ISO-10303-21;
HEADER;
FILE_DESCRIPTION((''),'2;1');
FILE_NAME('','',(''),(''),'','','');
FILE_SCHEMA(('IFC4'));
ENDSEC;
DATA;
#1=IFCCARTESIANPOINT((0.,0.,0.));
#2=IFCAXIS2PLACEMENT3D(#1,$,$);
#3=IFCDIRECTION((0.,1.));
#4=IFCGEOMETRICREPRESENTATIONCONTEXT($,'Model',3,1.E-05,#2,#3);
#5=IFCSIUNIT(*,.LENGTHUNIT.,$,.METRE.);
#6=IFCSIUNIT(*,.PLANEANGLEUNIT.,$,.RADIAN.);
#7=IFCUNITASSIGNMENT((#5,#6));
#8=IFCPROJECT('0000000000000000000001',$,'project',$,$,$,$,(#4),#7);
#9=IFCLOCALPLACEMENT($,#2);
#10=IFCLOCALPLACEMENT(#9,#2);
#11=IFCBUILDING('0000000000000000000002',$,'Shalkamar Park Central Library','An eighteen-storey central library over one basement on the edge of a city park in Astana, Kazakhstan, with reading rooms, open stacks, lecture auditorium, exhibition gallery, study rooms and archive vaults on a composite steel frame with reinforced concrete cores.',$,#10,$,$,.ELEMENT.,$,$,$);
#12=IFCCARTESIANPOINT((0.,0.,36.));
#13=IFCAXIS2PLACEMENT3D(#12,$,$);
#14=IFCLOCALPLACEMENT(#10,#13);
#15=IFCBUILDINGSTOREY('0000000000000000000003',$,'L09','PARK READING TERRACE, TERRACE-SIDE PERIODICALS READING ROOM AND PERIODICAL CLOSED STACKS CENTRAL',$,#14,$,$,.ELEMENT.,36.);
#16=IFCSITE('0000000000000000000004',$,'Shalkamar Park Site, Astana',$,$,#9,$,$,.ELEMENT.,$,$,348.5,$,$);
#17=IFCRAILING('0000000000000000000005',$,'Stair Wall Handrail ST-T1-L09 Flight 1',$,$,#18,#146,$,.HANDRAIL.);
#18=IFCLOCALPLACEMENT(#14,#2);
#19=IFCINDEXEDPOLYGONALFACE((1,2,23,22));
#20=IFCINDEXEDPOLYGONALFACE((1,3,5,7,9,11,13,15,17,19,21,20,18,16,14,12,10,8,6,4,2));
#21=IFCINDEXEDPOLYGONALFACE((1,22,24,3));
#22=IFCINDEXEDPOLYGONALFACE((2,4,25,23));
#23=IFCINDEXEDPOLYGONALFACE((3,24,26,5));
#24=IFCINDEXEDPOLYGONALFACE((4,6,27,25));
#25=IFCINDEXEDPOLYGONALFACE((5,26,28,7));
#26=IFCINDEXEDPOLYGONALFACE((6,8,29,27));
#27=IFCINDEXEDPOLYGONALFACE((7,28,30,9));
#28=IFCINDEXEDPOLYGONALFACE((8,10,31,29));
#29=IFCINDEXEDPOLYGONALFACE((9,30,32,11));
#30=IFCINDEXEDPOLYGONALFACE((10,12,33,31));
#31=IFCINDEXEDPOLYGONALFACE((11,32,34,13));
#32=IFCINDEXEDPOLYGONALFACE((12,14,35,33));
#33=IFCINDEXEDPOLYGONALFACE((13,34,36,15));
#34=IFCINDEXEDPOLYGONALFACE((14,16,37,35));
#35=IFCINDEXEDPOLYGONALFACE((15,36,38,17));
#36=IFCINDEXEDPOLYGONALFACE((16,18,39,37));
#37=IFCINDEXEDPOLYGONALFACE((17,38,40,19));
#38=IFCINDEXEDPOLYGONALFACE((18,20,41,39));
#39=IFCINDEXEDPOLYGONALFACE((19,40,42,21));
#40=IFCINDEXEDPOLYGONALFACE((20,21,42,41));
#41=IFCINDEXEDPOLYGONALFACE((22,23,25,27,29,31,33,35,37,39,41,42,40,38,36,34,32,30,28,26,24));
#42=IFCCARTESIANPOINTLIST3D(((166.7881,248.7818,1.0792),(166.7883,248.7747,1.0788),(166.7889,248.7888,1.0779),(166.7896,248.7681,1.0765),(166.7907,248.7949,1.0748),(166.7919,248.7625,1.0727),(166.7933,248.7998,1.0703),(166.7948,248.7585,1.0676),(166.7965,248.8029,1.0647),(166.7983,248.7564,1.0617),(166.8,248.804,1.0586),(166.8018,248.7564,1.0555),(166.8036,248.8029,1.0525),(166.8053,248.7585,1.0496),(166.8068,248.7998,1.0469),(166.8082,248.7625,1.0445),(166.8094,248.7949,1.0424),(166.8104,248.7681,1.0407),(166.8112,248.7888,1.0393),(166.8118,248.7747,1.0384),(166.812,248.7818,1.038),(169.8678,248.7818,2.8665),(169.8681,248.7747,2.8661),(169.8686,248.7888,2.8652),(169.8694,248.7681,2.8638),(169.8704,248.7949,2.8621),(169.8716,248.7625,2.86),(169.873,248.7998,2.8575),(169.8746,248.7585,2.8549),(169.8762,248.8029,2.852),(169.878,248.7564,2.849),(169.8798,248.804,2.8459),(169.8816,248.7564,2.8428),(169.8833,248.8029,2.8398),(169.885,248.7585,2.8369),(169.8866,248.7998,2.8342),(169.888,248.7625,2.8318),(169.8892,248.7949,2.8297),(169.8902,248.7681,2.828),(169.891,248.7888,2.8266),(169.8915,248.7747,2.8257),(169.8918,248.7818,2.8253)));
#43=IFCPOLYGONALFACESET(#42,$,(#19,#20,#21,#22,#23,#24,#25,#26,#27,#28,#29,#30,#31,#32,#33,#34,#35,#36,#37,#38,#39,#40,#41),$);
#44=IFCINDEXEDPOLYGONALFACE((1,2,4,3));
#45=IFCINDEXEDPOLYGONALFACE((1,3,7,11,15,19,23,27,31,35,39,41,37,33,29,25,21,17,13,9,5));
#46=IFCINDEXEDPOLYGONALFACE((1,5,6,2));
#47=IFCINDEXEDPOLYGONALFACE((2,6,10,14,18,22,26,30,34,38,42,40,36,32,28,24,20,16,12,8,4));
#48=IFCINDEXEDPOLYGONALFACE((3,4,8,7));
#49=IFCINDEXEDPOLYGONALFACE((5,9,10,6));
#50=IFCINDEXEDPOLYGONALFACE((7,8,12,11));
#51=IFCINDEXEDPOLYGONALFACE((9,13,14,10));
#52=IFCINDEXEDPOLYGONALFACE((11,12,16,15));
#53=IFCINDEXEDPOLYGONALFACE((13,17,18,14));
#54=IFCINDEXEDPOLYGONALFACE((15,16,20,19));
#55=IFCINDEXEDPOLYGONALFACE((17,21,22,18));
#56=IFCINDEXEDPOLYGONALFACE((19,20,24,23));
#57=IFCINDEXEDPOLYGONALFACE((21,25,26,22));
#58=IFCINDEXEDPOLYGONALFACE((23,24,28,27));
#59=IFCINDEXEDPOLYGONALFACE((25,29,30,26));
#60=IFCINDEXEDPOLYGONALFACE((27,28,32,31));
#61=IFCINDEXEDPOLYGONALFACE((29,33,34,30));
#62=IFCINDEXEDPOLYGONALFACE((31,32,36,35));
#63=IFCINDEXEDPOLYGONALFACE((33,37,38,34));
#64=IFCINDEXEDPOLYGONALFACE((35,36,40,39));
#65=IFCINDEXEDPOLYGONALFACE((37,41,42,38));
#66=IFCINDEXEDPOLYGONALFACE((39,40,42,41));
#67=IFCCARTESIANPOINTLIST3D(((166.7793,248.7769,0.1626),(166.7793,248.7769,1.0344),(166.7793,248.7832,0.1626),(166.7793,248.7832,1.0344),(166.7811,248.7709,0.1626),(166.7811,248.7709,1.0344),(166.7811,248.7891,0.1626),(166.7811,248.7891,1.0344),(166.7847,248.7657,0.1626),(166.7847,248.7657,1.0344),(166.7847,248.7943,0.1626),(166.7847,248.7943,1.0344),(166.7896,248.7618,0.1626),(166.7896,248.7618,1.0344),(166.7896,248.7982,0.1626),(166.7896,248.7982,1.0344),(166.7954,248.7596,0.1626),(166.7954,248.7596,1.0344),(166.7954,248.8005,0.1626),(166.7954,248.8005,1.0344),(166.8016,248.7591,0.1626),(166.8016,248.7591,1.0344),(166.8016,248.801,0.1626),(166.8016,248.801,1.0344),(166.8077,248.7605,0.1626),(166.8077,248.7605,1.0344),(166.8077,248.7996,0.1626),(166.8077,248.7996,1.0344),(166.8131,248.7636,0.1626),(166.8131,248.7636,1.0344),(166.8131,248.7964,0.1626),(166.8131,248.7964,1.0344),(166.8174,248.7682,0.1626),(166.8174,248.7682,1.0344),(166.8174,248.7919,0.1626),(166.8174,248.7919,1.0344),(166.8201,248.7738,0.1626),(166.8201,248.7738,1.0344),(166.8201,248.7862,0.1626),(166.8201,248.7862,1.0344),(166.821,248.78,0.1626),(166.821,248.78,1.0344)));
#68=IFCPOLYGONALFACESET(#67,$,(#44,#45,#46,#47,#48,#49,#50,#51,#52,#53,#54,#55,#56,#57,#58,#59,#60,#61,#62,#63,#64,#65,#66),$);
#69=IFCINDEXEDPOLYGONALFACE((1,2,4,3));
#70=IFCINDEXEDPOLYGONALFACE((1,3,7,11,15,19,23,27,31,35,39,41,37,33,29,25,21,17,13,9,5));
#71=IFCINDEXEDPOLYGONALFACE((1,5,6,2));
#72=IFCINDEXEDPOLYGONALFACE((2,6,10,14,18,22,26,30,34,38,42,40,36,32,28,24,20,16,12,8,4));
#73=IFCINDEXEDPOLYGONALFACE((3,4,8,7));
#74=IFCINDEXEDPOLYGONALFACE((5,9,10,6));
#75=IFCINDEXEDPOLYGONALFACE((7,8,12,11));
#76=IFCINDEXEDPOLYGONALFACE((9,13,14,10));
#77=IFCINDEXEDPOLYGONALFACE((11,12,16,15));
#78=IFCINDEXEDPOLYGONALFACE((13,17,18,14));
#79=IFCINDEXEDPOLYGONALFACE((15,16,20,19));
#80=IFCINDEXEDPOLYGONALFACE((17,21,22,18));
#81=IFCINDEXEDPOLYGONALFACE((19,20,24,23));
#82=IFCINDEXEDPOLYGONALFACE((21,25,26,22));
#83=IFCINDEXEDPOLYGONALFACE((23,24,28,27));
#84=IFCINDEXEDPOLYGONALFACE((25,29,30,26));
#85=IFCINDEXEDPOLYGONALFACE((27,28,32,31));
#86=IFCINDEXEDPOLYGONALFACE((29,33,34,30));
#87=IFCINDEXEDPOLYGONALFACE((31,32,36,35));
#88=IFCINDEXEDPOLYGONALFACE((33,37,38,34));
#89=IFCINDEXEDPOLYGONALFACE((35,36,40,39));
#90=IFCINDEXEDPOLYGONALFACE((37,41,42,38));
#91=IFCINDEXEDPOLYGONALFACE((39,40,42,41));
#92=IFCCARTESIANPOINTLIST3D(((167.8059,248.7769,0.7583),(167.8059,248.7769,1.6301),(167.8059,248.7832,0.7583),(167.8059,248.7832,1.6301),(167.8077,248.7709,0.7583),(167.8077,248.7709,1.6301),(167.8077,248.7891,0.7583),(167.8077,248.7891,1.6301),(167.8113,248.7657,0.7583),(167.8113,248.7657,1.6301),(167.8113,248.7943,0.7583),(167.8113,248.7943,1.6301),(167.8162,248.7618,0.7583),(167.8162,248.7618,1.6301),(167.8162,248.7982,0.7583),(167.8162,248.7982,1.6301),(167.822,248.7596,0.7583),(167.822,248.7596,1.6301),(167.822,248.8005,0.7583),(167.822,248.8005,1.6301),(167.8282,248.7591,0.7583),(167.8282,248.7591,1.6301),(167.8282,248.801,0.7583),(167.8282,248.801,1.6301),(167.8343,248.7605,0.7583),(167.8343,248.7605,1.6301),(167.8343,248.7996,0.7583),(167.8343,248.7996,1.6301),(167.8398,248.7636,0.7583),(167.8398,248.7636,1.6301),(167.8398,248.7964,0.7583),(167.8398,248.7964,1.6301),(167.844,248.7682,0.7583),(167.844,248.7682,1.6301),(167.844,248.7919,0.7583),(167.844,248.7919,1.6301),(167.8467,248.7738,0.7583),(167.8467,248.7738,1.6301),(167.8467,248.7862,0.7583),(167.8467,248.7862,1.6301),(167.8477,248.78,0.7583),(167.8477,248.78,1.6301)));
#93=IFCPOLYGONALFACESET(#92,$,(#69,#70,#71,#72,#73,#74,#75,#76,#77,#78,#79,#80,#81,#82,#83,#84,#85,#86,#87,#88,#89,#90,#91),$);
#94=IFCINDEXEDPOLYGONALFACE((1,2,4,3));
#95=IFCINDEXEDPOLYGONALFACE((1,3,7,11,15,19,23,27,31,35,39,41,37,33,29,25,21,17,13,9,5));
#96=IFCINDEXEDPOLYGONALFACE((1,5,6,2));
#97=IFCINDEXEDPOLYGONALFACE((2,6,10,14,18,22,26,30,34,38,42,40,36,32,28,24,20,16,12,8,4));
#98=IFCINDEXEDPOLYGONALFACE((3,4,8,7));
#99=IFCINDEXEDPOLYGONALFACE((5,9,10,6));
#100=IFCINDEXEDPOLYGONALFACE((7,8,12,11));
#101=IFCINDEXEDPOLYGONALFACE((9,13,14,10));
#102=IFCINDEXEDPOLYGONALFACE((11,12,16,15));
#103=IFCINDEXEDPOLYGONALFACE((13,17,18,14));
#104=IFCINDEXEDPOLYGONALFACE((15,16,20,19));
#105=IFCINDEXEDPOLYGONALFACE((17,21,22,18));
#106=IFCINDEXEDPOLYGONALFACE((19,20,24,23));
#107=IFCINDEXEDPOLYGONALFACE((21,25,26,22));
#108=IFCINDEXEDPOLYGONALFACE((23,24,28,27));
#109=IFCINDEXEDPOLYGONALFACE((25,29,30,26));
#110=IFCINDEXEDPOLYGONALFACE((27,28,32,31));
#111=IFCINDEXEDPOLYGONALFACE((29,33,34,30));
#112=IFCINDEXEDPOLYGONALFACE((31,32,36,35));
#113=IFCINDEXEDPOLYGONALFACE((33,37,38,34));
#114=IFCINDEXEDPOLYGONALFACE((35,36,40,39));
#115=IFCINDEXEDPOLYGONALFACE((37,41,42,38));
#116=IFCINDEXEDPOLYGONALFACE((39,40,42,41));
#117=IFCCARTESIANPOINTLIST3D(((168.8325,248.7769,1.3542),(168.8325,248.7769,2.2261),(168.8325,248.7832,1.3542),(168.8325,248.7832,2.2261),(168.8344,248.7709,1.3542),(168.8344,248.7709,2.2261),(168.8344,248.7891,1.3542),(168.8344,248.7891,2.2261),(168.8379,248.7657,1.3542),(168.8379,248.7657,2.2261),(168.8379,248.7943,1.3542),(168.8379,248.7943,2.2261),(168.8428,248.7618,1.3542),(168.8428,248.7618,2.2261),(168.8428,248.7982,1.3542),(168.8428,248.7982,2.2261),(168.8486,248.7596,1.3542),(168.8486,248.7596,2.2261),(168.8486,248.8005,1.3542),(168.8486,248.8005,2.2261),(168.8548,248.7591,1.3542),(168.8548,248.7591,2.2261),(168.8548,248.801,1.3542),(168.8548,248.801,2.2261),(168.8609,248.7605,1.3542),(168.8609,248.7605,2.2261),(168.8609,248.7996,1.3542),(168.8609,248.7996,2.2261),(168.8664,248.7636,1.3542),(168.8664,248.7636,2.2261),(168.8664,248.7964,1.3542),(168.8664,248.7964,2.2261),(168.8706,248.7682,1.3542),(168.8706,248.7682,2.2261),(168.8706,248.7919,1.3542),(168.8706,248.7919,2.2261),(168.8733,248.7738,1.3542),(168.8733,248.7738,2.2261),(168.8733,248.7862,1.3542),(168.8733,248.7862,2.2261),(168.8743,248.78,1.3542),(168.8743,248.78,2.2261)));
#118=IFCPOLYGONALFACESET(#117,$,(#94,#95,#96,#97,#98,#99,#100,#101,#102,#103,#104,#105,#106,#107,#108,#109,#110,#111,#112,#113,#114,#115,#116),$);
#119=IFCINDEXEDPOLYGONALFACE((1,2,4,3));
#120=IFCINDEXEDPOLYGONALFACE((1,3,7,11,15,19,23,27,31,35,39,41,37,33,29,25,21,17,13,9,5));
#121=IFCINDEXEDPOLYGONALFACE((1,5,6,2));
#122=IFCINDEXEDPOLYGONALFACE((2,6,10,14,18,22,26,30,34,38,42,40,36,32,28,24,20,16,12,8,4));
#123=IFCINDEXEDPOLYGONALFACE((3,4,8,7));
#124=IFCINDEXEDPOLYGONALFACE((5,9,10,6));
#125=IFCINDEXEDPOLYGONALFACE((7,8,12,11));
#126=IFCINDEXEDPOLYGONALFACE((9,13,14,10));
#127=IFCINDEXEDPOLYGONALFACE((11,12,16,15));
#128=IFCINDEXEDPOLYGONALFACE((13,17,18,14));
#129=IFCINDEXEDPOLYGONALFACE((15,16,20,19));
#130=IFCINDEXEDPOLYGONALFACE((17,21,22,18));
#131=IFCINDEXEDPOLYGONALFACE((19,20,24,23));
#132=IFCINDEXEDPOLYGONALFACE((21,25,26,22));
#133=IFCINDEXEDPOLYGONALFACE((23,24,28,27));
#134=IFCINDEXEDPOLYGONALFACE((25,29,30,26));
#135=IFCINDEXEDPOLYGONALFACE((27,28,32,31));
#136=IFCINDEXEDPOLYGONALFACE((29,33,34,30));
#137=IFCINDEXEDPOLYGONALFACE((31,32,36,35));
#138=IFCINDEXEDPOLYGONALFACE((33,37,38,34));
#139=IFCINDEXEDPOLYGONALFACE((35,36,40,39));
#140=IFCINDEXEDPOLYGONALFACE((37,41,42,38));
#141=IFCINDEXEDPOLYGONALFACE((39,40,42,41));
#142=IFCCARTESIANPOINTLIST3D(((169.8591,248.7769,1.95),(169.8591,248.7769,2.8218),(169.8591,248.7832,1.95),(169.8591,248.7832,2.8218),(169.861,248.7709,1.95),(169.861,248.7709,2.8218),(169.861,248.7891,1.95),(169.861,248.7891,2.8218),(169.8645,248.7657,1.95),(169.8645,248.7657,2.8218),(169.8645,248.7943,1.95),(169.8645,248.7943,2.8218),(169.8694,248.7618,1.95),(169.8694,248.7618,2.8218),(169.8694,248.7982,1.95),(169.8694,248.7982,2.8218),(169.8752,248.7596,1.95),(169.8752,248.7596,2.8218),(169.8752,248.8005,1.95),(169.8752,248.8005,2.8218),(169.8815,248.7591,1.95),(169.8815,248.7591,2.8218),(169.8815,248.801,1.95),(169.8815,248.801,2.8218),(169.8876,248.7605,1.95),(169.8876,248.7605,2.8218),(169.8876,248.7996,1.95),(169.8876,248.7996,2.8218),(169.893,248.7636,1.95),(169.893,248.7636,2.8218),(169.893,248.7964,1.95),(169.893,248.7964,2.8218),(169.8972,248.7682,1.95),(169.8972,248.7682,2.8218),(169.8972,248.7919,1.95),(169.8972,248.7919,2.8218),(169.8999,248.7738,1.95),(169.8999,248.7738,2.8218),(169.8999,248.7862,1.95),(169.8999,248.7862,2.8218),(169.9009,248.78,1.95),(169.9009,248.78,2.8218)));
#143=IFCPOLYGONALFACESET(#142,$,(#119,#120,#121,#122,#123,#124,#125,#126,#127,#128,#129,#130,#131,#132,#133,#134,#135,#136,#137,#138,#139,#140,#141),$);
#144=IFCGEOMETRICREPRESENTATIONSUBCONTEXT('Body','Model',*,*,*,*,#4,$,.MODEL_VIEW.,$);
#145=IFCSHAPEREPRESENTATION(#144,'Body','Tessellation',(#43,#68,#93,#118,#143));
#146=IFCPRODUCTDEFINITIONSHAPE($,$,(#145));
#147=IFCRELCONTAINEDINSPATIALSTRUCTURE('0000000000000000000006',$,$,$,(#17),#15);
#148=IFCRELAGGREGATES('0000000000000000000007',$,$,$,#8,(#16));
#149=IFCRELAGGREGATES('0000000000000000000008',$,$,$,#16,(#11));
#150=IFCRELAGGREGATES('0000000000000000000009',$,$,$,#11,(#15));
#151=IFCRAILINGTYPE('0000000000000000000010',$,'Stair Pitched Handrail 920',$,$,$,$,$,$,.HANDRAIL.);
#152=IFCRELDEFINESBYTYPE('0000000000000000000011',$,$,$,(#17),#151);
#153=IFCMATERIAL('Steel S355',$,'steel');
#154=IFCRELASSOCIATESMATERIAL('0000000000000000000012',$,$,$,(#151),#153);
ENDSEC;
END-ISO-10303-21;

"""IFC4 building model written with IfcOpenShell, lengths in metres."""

from ifc_helpers import new_model, si_unit, direction, frame, origin, origin_2d, place, context, subcontext, project, spatial, circle, extrude, material, type_object, element, save


model = new_model("IFC4")

# Units and contexts
model_context = context("Model", 3, precision=1e-05, world=origin(), true_north=direction((0.0, 1.0)))
body_context = subcontext(model_context, "Body", "Model", "MODEL_VIEW")
ifc_project = project(units=[si_unit("LENGTHUNIT", "METRE"), si_unit("PLANEANGLEUNIT", "RADIAN")], contexts=[model_context])

# Site, building, storey
site_placement = place(None, origin())
site = spatial("IfcSite", under=ifc_project, at=site_placement, Name="Shalkamar Park Site, Astana", CompositionType="ELEMENT", RefElevation=348.5)
building_placement = place(site_placement, origin())
building = spatial("IfcBuilding", under=site, at=building_placement, Name="Shalkamar Park Central Library", Description="An eighteen-storey central library over one basement on the edge of a city park in Astana, Kazakhstan, with reading rooms, open stacks, lecture auditorium, exhibition gallery, study rooms and archive vaults on a composite steel frame with reinforced concrete cores.", CompositionType="ELEMENT")
storey_placement = place(building_placement, frame((0.0, 0.0, 36.0)))
storey = spatial("IfcBuildingStorey", under=building, at=storey_placement, Name="L09", Description="PARK READING TERRACE, TERRACE-SIDE PERIODICALS READING ROOM AND PERIODICAL CLOSED STACKS CENTRAL", CompositionType="ELEMENT", Elevation=36.0)

# Shared definitions
ifc_material_1 = material(Name="Steel S355", Category="steel")

# Railing
railing_type_1 = type_object("IfcRailingType", Name="Stair Pitched Handrail 920", PredefinedType="HANDRAIL", material=ifc_material_1)
railing_1_placement = place(storey_placement, frame((166.8, 248.78, 0.1626)))
element("IfcRailing", 1, at=railing_1_placement, inside=storey, type_object=railing_type_1, Name="Stair Wall Handrail ST-T1-L09 Flight 1", PredefinedType="HANDRAIL", context=body_context, shape_type="SweptSolid", body=[
    extrude(circle(Radius=0.0239, at=origin_2d()), frame((0.0, 0.0, 0.896), z_axis=(0.864903, 0.0, 0.501939), x_axis=(0.0, 1.0, 0.0)), (0.0, 0.0, 1.0), 3.5608),
    extrude(circle(Radius=0.021, at=origin_2d()), origin(), (0.0, 0.0, 1.0), 0.8718),
    extrude(circle(Radius=0.021, at=origin_2d()), frame((1.0266, 0.0, 0.5957)), (0.0, 0.0, 1.0), 0.8718),
    extrude(circle(Radius=0.021, at=origin_2d()), frame((2.0532, 0.0, 1.1917)), (0.0, 0.0, 1.0), 0.8718),
    extrude(circle(Radius=0.021, at=origin_2d()), frame((3.0798, 0.0, 1.7874)), (0.0, 0.0, 1.0), 0.8718),
])

save(model, "model.ifc")
